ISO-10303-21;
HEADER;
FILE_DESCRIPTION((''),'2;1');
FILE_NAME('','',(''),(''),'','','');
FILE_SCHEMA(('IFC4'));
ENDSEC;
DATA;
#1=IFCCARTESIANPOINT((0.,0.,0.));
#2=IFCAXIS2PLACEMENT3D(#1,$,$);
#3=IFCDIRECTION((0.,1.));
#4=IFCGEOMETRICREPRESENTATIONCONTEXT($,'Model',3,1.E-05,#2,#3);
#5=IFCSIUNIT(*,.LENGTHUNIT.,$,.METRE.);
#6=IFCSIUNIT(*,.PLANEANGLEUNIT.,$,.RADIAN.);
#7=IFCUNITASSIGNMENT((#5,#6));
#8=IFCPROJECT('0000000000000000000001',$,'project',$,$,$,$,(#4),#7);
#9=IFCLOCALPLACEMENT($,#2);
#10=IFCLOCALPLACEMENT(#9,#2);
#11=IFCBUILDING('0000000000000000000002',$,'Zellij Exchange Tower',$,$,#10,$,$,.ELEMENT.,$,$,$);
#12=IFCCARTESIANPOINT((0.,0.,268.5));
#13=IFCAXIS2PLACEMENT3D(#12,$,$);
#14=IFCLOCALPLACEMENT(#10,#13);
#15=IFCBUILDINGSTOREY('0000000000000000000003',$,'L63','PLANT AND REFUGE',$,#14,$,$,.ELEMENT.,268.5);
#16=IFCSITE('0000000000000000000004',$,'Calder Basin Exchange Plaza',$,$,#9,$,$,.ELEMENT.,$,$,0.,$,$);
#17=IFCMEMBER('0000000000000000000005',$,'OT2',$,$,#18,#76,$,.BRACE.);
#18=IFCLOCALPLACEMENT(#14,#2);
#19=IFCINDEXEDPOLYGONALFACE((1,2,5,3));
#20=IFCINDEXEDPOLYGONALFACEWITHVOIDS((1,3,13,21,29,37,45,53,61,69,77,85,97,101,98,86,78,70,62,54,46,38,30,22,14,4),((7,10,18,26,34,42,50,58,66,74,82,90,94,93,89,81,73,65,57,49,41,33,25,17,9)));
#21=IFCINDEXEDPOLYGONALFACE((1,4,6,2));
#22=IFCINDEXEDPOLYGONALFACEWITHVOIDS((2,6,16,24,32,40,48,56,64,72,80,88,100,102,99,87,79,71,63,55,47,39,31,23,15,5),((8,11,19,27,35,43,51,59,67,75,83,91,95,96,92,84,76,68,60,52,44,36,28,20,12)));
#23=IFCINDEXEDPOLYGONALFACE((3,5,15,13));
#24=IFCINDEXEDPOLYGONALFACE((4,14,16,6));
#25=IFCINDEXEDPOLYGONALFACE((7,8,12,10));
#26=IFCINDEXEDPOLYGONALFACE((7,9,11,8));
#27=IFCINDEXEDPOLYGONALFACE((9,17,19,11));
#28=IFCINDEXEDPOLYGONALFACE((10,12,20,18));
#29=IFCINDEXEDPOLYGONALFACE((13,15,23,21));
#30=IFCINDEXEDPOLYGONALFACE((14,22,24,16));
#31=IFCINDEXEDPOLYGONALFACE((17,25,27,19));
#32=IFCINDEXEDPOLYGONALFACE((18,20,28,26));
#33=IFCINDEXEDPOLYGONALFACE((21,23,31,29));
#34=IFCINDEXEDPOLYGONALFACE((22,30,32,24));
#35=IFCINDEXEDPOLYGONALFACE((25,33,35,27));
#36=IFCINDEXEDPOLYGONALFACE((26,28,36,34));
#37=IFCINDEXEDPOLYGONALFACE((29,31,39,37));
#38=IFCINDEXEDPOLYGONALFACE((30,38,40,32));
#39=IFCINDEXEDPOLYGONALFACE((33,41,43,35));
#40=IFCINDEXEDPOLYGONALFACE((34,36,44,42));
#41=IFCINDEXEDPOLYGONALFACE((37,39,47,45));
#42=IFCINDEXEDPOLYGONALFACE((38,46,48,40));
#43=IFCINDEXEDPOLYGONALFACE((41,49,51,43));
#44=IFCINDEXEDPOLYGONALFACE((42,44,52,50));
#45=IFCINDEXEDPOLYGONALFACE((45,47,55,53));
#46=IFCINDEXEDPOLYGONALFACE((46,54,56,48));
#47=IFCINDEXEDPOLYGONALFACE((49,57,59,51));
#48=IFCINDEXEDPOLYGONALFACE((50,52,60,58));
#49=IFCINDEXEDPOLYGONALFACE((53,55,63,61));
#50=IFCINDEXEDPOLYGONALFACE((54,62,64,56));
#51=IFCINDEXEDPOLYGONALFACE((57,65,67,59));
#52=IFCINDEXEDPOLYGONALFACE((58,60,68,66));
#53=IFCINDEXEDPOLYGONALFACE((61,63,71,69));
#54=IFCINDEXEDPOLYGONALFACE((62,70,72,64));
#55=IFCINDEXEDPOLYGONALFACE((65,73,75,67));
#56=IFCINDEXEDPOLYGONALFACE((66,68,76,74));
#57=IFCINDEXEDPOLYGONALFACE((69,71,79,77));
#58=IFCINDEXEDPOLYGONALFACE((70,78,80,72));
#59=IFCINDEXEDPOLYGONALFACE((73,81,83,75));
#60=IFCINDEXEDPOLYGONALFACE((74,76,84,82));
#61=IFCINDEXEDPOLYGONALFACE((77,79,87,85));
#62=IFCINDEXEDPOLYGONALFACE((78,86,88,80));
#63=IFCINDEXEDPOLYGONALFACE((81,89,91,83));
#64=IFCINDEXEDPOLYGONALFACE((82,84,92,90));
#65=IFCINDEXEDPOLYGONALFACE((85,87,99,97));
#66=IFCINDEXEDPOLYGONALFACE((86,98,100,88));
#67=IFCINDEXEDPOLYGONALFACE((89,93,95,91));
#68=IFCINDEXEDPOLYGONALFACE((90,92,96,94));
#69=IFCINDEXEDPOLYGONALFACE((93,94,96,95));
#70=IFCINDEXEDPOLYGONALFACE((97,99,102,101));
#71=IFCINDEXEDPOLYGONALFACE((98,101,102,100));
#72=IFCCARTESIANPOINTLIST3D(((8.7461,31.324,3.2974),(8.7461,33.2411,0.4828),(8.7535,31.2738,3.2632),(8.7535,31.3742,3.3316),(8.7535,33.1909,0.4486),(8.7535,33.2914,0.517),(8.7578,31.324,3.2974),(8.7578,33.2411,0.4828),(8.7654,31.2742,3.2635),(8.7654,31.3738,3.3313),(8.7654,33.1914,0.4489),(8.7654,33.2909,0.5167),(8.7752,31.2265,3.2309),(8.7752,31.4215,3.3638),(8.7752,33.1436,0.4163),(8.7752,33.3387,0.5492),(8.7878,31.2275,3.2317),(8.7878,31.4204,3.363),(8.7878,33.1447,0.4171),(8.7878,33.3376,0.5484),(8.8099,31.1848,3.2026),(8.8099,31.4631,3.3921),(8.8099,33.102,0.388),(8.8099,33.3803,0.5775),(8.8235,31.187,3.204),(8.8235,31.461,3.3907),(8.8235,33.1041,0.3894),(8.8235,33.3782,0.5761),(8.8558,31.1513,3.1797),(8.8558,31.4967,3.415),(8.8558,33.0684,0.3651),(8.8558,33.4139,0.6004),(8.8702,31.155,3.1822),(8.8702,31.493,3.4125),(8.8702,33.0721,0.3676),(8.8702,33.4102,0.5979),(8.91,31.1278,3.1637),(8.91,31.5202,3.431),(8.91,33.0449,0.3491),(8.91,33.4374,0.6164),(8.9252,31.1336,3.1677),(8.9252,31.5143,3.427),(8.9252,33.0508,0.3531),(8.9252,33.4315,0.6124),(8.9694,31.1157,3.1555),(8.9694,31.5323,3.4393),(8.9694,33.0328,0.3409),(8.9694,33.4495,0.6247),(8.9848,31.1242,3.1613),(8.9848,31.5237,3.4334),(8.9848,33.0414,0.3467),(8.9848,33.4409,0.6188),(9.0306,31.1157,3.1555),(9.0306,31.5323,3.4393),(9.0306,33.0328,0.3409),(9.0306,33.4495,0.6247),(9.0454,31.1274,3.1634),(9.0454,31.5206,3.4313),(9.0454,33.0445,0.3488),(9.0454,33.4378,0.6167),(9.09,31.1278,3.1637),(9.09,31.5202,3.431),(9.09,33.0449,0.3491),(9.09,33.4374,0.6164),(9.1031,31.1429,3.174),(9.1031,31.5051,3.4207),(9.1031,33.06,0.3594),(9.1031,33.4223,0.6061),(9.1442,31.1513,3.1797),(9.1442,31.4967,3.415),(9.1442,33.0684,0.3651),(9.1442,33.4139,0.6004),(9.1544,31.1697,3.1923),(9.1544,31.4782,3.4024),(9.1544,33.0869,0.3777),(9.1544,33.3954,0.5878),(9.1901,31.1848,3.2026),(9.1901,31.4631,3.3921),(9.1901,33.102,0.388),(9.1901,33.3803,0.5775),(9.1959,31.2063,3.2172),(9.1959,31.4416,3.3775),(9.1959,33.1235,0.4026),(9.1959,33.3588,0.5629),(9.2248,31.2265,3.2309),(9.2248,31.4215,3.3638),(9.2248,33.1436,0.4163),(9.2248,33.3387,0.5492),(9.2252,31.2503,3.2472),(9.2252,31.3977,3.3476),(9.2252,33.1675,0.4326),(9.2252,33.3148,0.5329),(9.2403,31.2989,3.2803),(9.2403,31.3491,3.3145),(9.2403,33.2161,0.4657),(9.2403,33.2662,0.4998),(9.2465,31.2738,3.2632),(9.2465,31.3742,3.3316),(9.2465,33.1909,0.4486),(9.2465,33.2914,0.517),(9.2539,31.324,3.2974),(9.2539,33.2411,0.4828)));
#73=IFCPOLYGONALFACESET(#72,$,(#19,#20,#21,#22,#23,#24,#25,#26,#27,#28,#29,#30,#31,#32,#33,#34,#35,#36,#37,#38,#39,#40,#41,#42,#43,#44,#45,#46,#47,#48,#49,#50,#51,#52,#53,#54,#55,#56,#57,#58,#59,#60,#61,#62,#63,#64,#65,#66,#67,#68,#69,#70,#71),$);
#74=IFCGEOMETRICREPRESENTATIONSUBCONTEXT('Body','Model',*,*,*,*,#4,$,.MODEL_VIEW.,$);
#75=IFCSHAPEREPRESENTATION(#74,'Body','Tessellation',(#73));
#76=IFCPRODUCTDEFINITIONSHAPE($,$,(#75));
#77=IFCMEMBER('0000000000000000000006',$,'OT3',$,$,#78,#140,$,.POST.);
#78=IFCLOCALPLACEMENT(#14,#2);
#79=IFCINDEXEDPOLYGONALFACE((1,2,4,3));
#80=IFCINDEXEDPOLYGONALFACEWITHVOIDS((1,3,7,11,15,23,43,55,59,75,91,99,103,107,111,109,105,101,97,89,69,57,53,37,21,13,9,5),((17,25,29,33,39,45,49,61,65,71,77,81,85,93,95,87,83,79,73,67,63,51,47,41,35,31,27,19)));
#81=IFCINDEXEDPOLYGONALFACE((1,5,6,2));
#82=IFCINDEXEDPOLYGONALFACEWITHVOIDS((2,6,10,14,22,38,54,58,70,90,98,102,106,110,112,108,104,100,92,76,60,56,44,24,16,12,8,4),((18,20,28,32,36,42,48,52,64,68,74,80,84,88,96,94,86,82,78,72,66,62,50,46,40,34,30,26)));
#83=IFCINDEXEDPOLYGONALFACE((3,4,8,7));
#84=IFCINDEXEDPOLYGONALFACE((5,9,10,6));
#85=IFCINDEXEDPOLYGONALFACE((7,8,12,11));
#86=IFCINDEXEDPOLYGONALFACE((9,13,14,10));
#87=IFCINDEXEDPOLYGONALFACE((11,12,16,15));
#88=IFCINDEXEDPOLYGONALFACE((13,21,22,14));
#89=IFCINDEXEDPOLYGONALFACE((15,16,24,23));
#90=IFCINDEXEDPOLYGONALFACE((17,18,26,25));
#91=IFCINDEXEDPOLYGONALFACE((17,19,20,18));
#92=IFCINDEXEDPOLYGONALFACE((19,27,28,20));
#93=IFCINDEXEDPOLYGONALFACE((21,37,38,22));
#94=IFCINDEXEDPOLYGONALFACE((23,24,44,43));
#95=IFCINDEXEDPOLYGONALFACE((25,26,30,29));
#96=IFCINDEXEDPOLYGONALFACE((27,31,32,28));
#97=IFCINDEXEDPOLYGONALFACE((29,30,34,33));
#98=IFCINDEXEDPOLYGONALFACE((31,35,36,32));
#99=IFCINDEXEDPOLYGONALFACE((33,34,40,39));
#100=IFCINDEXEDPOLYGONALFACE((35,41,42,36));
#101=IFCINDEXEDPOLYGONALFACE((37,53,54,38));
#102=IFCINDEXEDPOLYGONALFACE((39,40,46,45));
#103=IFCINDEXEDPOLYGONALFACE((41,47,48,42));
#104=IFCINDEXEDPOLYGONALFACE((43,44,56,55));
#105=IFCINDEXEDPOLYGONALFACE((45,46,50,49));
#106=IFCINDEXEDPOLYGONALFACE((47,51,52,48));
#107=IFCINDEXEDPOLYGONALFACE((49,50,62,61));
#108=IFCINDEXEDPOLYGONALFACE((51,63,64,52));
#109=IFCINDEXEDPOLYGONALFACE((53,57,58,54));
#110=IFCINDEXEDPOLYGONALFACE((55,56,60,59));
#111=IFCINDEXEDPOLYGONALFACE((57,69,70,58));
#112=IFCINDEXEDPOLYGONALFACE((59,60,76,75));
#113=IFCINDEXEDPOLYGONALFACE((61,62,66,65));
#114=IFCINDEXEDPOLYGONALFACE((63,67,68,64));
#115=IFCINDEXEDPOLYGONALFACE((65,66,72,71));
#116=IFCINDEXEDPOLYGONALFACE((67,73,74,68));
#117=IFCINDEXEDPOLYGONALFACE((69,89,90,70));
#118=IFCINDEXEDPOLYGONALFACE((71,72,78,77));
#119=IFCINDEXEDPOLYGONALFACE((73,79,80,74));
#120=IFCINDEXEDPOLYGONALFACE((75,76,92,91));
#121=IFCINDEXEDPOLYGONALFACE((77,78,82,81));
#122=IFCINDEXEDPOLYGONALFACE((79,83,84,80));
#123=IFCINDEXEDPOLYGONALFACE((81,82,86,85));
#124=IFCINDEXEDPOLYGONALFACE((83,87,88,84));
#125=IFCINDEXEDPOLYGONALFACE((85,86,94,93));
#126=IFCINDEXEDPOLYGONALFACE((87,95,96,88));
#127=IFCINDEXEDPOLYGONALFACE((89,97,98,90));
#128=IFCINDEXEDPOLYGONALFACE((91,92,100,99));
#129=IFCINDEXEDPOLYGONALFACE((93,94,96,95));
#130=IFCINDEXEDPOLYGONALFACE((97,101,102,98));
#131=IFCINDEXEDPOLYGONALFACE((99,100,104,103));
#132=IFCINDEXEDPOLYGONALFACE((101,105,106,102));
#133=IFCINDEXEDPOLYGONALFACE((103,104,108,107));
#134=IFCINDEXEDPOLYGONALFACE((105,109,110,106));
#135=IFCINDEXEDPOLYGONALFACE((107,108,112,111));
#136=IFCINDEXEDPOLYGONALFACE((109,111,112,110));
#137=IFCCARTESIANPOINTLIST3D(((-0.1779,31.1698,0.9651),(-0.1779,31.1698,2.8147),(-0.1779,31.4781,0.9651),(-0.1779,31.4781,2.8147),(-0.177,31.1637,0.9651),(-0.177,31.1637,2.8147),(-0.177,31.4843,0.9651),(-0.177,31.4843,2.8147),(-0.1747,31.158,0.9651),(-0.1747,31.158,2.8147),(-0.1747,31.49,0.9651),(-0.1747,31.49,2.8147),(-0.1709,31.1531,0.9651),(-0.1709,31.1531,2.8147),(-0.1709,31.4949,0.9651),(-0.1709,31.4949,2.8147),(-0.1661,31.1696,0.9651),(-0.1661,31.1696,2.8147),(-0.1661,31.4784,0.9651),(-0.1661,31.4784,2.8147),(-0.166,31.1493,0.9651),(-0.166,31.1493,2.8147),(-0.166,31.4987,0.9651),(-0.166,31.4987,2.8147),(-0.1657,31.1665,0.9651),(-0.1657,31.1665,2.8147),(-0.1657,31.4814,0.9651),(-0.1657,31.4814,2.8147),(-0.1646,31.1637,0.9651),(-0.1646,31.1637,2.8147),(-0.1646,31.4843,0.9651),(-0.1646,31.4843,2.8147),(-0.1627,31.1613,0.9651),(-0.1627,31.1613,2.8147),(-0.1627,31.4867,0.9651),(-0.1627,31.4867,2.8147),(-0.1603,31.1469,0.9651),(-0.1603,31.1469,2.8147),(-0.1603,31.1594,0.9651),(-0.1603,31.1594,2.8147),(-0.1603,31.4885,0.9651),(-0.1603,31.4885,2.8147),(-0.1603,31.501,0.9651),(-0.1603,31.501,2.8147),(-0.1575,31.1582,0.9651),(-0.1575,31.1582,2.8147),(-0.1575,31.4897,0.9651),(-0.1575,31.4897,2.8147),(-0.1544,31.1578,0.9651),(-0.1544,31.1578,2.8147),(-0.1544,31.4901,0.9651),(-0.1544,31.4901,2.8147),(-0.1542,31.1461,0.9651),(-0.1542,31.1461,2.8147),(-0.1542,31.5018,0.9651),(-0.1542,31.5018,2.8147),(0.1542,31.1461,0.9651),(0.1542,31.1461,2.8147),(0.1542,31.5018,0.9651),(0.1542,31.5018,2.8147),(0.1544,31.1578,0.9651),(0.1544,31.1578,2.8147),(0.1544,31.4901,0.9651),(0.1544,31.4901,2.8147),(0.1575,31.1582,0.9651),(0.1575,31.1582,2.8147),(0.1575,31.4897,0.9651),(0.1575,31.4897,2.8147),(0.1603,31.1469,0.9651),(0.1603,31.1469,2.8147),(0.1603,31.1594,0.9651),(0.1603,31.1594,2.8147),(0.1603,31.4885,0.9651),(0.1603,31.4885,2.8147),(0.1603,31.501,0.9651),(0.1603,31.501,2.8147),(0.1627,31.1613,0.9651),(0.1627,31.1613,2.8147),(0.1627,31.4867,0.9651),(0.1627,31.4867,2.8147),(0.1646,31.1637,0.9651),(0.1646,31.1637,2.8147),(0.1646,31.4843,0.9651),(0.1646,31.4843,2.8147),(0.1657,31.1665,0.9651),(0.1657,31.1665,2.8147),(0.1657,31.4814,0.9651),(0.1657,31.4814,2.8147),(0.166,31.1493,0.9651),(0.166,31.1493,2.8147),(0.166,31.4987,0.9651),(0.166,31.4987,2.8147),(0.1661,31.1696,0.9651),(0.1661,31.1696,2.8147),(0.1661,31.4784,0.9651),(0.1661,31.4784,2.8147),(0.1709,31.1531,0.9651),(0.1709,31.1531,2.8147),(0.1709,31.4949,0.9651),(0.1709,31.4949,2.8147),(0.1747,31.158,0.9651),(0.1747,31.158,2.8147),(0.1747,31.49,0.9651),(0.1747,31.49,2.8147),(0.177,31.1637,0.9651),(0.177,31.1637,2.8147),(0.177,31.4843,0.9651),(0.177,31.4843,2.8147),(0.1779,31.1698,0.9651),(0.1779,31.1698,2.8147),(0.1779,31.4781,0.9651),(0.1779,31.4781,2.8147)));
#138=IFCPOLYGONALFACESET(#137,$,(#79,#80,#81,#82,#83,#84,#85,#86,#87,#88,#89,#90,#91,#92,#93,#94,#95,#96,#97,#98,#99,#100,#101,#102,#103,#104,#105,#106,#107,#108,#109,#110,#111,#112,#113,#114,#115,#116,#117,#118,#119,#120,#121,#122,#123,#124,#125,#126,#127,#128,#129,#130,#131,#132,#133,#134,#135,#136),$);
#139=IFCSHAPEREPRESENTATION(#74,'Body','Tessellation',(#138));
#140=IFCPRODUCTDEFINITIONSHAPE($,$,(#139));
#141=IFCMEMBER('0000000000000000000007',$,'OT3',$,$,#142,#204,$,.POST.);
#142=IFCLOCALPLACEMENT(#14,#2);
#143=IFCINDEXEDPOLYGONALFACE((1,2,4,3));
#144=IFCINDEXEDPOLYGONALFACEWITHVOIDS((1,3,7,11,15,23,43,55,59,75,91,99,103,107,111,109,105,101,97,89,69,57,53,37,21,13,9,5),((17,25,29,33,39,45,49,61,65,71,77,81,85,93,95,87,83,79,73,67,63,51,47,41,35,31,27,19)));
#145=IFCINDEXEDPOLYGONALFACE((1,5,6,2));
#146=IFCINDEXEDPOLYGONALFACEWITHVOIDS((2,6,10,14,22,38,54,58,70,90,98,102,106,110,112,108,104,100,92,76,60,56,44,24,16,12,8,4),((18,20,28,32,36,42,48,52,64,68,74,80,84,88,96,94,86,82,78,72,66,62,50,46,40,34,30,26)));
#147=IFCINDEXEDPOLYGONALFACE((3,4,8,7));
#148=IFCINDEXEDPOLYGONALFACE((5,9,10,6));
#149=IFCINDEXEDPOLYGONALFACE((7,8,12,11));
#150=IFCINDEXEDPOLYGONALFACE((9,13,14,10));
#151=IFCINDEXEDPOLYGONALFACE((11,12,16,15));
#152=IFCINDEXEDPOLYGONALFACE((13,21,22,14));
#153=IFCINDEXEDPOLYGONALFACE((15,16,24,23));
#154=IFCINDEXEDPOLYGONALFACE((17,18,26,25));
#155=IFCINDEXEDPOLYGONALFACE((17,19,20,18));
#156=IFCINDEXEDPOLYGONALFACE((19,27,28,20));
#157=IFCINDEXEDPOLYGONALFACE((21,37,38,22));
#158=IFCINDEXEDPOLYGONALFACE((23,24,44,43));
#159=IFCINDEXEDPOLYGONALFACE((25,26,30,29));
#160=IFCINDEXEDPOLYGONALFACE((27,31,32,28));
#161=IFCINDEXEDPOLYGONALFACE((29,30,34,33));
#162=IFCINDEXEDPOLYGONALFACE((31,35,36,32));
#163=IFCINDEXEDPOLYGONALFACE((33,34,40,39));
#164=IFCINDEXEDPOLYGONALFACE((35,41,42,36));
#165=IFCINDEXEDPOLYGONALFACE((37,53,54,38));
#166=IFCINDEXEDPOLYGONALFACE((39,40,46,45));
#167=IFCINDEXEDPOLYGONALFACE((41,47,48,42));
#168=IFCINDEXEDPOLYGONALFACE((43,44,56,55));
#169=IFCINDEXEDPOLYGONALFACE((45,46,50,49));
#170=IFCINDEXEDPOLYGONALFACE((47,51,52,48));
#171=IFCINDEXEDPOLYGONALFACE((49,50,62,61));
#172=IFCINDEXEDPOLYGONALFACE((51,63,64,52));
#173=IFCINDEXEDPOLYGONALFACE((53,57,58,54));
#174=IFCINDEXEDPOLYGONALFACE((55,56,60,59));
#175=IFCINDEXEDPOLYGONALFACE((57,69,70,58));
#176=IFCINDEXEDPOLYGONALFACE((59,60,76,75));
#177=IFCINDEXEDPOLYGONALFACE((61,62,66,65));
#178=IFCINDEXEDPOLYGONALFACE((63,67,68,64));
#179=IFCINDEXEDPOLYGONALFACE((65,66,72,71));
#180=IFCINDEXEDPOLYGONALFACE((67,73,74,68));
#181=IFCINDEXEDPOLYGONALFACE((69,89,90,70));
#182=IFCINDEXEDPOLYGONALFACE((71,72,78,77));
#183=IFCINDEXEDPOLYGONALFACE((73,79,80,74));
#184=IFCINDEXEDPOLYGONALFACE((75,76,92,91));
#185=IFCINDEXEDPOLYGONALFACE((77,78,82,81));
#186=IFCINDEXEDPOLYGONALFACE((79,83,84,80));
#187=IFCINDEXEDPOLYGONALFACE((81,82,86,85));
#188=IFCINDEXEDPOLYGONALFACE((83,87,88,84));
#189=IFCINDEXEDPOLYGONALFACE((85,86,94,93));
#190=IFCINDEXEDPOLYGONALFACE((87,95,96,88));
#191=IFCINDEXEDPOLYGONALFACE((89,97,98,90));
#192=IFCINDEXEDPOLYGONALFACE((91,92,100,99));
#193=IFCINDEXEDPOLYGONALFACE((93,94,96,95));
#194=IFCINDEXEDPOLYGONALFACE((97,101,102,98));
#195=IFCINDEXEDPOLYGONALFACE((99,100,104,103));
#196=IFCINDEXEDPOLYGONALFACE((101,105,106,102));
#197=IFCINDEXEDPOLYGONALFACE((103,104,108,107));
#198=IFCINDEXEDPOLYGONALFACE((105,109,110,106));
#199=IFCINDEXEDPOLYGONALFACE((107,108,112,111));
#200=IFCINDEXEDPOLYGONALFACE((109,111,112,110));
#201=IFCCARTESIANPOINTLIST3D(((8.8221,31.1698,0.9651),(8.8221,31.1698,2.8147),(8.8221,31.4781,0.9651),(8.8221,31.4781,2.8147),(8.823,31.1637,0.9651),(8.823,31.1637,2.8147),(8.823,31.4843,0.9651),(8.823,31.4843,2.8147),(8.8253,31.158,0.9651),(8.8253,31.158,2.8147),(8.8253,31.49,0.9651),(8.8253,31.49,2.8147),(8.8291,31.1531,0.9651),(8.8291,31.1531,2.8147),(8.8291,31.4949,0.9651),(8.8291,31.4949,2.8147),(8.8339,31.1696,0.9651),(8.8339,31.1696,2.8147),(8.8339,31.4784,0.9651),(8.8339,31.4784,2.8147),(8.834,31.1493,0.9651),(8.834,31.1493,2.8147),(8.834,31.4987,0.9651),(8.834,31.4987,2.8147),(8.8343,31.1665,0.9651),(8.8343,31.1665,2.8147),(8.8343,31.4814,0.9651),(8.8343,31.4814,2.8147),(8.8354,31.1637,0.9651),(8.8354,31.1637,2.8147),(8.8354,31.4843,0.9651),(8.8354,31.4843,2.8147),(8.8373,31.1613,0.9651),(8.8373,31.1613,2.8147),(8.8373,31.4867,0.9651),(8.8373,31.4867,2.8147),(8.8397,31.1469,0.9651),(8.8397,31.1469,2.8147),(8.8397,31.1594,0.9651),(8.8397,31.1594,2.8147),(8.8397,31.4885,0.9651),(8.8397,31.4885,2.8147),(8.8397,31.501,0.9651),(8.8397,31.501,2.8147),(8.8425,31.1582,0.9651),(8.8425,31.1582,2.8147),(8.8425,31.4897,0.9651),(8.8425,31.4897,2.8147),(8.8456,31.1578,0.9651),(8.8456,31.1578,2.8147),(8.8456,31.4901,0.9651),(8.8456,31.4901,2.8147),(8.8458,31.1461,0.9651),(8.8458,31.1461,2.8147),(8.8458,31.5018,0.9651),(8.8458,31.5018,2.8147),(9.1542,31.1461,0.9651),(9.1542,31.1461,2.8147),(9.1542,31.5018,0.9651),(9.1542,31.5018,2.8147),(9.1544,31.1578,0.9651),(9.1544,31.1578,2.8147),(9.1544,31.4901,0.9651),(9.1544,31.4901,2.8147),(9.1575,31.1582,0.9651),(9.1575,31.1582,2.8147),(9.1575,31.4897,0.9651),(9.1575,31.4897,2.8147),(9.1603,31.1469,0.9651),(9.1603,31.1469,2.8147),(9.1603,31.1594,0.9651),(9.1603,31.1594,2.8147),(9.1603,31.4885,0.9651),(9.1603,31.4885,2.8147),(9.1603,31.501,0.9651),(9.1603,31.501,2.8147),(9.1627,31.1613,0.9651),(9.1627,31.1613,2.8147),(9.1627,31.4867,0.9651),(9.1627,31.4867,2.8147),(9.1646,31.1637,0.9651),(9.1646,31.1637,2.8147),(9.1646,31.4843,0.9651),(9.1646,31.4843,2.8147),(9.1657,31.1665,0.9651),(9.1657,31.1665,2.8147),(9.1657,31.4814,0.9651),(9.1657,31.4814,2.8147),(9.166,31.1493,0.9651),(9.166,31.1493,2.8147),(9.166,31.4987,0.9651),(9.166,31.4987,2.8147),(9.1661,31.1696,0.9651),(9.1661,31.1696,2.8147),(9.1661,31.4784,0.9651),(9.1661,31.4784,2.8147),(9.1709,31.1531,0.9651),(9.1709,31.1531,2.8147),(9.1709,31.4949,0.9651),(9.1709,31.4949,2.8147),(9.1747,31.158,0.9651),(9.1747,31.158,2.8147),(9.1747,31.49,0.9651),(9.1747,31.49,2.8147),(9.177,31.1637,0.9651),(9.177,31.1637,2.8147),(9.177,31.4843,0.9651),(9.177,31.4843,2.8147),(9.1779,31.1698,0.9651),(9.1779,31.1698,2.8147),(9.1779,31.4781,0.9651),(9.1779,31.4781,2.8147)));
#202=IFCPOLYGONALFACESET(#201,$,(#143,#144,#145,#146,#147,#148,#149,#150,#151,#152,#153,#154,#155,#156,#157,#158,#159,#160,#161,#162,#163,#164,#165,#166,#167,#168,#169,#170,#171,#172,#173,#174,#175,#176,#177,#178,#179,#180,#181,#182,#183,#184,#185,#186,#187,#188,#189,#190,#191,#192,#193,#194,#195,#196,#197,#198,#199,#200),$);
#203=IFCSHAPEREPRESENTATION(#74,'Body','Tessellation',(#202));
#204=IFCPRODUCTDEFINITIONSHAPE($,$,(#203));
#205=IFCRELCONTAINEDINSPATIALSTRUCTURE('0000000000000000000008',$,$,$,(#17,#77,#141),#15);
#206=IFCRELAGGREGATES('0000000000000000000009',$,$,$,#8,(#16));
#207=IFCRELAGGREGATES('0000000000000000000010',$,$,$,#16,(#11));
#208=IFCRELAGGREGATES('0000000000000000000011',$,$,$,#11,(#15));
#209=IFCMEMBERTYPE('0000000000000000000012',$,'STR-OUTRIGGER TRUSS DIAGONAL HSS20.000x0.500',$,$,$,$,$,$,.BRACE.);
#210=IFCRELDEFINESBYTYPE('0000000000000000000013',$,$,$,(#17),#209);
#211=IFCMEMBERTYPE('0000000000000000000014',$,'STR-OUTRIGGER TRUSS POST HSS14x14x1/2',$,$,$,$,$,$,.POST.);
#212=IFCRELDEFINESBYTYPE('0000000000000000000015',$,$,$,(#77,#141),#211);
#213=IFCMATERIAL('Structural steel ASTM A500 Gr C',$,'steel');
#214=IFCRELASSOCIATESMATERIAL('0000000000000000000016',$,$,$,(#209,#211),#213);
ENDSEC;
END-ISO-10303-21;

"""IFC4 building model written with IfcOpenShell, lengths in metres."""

from ifc_helpers import new_model, si_unit, direction, frame, origin, origin_2d, place, context, subcontext, project, spatial, hollow_rectangle, hollow_circle, extrude, material, material_profile, profile_set, type_object, element, save


model = new_model("IFC4")

# Units and contexts
model_context = context("Model", 3, precision=1e-05, world=origin(), true_north=direction((0.0, 1.0)))
body_context = subcontext(model_context, "Body", "Model", "MODEL_VIEW")
ifc_project = project(units=[si_unit("LENGTHUNIT", "METRE"), si_unit("PLANEANGLEUNIT", "RADIAN")], contexts=[model_context])

# Site, building, storey
site_placement = place(None, origin())
site = spatial("IfcSite", under=ifc_project, at=site_placement, Name="Calder Basin Exchange Plaza", CompositionType="ELEMENT", RefElevation=0.0)
building_placement = place(site_placement, origin())
building = spatial("IfcBuilding", under=site, at=building_placement, Name="Zellij Exchange Tower", CompositionType="ELEMENT")
storey_placement = place(building_placement, frame((0.0, 0.0, 268.5)))
storey = spatial("IfcBuildingStorey", under=building, at=storey_placement, Name="L63", Description="PLANT AND REFUGE", CompositionType="ELEMENT", Elevation=268.5)

# Shared definitions
ifc_material_1 = material(Name="Structural steel ASTM A500 Gr C", Category="steel")

# Members
ifc_material_profile_1 = material_profile(ifc_material_1, hollow_circle(Radius=0.2539, WallThickness=0.0117, at=origin_2d()), Name="STR-OUTRIGGER TRUSS DIAGONAL HSS20.000x0.500")
ifc_profile_set_1 = profile_set([ifc_material_profile_1], Name="Structural steel ASTM A500 Gr C")
member_type_1 = type_object("IfcMemberType", Name="STR-OUTRIGGER TRUSS DIAGONAL HSS20.000x0.500", PredefinedType="BRACE", material=ifc_profile_set_1)
for number, where, z_axis, x_axis, name in (
    (1, (9.0, 31.324, 3.2974), (0.0, 0.562961, -0.826484), (-1.0, 0.0, 0.0), "OT2"),
):
    element("IfcMember", number, at=place(storey_placement, frame(where, z_axis=z_axis, x_axis=x_axis)), inside=storey, type_object=member_type_1, Name=name, PredefinedType="BRACE", context=body_context, shape_type="SweptSolid", body=[
        extrude(hollow_circle(Radius=0.2539, WallThickness=0.0117, at=origin_2d()), origin(), (0.0, 0.0, 1.0), 3.4055),
    ])
ifc_material_profile_2 = material_profile(ifc_material_1, hollow_rectangle(XDim=0.3557, YDim=0.3557, WallThickness=0.0117, InnerFilletRadius=0.0117, OuterFilletRadius=0.0237, at=origin_2d()), Name="STR-OUTRIGGER TRUSS POST HSS14x14x1/2")
ifc_profile_set_2 = profile_set([ifc_material_profile_2], Name="Structural steel ASTM A500 Gr C")
member_type_2 = type_object("IfcMemberType", Name="STR-OUTRIGGER TRUSS POST HSS14x14x1/2", PredefinedType="POST", material=ifc_profile_set_2)
for number, where, z_axis, x_axis, name in (
    (2, (0.0, 31.324, 0.9651), (0.0, 0.0, 1.0), (1.0, 0.0, 0.0), "OT3"),
    (3, (9.0, 31.324, 0.9651), (0.0, 0.0, 1.0), (1.0, 0.0, 0.0), "OT3"),
):
    element("IfcMember", number, at=place(storey_placement, frame(where, z_axis=z_axis, x_axis=x_axis)), inside=storey, type_object=member_type_2, Name=name, PredefinedType="POST", context=body_context, shape_type="SweptSolid", body=[
        extrude(hollow_rectangle(XDim=0.3557, YDim=0.3557, WallThickness=0.0117, InnerFilletRadius=0.0117, OuterFilletRadius=0.0237, at=origin_2d()), origin(), (0.0, 0.0, 1.0), 1.8496),
    ])

save(model, "model.ifc")
